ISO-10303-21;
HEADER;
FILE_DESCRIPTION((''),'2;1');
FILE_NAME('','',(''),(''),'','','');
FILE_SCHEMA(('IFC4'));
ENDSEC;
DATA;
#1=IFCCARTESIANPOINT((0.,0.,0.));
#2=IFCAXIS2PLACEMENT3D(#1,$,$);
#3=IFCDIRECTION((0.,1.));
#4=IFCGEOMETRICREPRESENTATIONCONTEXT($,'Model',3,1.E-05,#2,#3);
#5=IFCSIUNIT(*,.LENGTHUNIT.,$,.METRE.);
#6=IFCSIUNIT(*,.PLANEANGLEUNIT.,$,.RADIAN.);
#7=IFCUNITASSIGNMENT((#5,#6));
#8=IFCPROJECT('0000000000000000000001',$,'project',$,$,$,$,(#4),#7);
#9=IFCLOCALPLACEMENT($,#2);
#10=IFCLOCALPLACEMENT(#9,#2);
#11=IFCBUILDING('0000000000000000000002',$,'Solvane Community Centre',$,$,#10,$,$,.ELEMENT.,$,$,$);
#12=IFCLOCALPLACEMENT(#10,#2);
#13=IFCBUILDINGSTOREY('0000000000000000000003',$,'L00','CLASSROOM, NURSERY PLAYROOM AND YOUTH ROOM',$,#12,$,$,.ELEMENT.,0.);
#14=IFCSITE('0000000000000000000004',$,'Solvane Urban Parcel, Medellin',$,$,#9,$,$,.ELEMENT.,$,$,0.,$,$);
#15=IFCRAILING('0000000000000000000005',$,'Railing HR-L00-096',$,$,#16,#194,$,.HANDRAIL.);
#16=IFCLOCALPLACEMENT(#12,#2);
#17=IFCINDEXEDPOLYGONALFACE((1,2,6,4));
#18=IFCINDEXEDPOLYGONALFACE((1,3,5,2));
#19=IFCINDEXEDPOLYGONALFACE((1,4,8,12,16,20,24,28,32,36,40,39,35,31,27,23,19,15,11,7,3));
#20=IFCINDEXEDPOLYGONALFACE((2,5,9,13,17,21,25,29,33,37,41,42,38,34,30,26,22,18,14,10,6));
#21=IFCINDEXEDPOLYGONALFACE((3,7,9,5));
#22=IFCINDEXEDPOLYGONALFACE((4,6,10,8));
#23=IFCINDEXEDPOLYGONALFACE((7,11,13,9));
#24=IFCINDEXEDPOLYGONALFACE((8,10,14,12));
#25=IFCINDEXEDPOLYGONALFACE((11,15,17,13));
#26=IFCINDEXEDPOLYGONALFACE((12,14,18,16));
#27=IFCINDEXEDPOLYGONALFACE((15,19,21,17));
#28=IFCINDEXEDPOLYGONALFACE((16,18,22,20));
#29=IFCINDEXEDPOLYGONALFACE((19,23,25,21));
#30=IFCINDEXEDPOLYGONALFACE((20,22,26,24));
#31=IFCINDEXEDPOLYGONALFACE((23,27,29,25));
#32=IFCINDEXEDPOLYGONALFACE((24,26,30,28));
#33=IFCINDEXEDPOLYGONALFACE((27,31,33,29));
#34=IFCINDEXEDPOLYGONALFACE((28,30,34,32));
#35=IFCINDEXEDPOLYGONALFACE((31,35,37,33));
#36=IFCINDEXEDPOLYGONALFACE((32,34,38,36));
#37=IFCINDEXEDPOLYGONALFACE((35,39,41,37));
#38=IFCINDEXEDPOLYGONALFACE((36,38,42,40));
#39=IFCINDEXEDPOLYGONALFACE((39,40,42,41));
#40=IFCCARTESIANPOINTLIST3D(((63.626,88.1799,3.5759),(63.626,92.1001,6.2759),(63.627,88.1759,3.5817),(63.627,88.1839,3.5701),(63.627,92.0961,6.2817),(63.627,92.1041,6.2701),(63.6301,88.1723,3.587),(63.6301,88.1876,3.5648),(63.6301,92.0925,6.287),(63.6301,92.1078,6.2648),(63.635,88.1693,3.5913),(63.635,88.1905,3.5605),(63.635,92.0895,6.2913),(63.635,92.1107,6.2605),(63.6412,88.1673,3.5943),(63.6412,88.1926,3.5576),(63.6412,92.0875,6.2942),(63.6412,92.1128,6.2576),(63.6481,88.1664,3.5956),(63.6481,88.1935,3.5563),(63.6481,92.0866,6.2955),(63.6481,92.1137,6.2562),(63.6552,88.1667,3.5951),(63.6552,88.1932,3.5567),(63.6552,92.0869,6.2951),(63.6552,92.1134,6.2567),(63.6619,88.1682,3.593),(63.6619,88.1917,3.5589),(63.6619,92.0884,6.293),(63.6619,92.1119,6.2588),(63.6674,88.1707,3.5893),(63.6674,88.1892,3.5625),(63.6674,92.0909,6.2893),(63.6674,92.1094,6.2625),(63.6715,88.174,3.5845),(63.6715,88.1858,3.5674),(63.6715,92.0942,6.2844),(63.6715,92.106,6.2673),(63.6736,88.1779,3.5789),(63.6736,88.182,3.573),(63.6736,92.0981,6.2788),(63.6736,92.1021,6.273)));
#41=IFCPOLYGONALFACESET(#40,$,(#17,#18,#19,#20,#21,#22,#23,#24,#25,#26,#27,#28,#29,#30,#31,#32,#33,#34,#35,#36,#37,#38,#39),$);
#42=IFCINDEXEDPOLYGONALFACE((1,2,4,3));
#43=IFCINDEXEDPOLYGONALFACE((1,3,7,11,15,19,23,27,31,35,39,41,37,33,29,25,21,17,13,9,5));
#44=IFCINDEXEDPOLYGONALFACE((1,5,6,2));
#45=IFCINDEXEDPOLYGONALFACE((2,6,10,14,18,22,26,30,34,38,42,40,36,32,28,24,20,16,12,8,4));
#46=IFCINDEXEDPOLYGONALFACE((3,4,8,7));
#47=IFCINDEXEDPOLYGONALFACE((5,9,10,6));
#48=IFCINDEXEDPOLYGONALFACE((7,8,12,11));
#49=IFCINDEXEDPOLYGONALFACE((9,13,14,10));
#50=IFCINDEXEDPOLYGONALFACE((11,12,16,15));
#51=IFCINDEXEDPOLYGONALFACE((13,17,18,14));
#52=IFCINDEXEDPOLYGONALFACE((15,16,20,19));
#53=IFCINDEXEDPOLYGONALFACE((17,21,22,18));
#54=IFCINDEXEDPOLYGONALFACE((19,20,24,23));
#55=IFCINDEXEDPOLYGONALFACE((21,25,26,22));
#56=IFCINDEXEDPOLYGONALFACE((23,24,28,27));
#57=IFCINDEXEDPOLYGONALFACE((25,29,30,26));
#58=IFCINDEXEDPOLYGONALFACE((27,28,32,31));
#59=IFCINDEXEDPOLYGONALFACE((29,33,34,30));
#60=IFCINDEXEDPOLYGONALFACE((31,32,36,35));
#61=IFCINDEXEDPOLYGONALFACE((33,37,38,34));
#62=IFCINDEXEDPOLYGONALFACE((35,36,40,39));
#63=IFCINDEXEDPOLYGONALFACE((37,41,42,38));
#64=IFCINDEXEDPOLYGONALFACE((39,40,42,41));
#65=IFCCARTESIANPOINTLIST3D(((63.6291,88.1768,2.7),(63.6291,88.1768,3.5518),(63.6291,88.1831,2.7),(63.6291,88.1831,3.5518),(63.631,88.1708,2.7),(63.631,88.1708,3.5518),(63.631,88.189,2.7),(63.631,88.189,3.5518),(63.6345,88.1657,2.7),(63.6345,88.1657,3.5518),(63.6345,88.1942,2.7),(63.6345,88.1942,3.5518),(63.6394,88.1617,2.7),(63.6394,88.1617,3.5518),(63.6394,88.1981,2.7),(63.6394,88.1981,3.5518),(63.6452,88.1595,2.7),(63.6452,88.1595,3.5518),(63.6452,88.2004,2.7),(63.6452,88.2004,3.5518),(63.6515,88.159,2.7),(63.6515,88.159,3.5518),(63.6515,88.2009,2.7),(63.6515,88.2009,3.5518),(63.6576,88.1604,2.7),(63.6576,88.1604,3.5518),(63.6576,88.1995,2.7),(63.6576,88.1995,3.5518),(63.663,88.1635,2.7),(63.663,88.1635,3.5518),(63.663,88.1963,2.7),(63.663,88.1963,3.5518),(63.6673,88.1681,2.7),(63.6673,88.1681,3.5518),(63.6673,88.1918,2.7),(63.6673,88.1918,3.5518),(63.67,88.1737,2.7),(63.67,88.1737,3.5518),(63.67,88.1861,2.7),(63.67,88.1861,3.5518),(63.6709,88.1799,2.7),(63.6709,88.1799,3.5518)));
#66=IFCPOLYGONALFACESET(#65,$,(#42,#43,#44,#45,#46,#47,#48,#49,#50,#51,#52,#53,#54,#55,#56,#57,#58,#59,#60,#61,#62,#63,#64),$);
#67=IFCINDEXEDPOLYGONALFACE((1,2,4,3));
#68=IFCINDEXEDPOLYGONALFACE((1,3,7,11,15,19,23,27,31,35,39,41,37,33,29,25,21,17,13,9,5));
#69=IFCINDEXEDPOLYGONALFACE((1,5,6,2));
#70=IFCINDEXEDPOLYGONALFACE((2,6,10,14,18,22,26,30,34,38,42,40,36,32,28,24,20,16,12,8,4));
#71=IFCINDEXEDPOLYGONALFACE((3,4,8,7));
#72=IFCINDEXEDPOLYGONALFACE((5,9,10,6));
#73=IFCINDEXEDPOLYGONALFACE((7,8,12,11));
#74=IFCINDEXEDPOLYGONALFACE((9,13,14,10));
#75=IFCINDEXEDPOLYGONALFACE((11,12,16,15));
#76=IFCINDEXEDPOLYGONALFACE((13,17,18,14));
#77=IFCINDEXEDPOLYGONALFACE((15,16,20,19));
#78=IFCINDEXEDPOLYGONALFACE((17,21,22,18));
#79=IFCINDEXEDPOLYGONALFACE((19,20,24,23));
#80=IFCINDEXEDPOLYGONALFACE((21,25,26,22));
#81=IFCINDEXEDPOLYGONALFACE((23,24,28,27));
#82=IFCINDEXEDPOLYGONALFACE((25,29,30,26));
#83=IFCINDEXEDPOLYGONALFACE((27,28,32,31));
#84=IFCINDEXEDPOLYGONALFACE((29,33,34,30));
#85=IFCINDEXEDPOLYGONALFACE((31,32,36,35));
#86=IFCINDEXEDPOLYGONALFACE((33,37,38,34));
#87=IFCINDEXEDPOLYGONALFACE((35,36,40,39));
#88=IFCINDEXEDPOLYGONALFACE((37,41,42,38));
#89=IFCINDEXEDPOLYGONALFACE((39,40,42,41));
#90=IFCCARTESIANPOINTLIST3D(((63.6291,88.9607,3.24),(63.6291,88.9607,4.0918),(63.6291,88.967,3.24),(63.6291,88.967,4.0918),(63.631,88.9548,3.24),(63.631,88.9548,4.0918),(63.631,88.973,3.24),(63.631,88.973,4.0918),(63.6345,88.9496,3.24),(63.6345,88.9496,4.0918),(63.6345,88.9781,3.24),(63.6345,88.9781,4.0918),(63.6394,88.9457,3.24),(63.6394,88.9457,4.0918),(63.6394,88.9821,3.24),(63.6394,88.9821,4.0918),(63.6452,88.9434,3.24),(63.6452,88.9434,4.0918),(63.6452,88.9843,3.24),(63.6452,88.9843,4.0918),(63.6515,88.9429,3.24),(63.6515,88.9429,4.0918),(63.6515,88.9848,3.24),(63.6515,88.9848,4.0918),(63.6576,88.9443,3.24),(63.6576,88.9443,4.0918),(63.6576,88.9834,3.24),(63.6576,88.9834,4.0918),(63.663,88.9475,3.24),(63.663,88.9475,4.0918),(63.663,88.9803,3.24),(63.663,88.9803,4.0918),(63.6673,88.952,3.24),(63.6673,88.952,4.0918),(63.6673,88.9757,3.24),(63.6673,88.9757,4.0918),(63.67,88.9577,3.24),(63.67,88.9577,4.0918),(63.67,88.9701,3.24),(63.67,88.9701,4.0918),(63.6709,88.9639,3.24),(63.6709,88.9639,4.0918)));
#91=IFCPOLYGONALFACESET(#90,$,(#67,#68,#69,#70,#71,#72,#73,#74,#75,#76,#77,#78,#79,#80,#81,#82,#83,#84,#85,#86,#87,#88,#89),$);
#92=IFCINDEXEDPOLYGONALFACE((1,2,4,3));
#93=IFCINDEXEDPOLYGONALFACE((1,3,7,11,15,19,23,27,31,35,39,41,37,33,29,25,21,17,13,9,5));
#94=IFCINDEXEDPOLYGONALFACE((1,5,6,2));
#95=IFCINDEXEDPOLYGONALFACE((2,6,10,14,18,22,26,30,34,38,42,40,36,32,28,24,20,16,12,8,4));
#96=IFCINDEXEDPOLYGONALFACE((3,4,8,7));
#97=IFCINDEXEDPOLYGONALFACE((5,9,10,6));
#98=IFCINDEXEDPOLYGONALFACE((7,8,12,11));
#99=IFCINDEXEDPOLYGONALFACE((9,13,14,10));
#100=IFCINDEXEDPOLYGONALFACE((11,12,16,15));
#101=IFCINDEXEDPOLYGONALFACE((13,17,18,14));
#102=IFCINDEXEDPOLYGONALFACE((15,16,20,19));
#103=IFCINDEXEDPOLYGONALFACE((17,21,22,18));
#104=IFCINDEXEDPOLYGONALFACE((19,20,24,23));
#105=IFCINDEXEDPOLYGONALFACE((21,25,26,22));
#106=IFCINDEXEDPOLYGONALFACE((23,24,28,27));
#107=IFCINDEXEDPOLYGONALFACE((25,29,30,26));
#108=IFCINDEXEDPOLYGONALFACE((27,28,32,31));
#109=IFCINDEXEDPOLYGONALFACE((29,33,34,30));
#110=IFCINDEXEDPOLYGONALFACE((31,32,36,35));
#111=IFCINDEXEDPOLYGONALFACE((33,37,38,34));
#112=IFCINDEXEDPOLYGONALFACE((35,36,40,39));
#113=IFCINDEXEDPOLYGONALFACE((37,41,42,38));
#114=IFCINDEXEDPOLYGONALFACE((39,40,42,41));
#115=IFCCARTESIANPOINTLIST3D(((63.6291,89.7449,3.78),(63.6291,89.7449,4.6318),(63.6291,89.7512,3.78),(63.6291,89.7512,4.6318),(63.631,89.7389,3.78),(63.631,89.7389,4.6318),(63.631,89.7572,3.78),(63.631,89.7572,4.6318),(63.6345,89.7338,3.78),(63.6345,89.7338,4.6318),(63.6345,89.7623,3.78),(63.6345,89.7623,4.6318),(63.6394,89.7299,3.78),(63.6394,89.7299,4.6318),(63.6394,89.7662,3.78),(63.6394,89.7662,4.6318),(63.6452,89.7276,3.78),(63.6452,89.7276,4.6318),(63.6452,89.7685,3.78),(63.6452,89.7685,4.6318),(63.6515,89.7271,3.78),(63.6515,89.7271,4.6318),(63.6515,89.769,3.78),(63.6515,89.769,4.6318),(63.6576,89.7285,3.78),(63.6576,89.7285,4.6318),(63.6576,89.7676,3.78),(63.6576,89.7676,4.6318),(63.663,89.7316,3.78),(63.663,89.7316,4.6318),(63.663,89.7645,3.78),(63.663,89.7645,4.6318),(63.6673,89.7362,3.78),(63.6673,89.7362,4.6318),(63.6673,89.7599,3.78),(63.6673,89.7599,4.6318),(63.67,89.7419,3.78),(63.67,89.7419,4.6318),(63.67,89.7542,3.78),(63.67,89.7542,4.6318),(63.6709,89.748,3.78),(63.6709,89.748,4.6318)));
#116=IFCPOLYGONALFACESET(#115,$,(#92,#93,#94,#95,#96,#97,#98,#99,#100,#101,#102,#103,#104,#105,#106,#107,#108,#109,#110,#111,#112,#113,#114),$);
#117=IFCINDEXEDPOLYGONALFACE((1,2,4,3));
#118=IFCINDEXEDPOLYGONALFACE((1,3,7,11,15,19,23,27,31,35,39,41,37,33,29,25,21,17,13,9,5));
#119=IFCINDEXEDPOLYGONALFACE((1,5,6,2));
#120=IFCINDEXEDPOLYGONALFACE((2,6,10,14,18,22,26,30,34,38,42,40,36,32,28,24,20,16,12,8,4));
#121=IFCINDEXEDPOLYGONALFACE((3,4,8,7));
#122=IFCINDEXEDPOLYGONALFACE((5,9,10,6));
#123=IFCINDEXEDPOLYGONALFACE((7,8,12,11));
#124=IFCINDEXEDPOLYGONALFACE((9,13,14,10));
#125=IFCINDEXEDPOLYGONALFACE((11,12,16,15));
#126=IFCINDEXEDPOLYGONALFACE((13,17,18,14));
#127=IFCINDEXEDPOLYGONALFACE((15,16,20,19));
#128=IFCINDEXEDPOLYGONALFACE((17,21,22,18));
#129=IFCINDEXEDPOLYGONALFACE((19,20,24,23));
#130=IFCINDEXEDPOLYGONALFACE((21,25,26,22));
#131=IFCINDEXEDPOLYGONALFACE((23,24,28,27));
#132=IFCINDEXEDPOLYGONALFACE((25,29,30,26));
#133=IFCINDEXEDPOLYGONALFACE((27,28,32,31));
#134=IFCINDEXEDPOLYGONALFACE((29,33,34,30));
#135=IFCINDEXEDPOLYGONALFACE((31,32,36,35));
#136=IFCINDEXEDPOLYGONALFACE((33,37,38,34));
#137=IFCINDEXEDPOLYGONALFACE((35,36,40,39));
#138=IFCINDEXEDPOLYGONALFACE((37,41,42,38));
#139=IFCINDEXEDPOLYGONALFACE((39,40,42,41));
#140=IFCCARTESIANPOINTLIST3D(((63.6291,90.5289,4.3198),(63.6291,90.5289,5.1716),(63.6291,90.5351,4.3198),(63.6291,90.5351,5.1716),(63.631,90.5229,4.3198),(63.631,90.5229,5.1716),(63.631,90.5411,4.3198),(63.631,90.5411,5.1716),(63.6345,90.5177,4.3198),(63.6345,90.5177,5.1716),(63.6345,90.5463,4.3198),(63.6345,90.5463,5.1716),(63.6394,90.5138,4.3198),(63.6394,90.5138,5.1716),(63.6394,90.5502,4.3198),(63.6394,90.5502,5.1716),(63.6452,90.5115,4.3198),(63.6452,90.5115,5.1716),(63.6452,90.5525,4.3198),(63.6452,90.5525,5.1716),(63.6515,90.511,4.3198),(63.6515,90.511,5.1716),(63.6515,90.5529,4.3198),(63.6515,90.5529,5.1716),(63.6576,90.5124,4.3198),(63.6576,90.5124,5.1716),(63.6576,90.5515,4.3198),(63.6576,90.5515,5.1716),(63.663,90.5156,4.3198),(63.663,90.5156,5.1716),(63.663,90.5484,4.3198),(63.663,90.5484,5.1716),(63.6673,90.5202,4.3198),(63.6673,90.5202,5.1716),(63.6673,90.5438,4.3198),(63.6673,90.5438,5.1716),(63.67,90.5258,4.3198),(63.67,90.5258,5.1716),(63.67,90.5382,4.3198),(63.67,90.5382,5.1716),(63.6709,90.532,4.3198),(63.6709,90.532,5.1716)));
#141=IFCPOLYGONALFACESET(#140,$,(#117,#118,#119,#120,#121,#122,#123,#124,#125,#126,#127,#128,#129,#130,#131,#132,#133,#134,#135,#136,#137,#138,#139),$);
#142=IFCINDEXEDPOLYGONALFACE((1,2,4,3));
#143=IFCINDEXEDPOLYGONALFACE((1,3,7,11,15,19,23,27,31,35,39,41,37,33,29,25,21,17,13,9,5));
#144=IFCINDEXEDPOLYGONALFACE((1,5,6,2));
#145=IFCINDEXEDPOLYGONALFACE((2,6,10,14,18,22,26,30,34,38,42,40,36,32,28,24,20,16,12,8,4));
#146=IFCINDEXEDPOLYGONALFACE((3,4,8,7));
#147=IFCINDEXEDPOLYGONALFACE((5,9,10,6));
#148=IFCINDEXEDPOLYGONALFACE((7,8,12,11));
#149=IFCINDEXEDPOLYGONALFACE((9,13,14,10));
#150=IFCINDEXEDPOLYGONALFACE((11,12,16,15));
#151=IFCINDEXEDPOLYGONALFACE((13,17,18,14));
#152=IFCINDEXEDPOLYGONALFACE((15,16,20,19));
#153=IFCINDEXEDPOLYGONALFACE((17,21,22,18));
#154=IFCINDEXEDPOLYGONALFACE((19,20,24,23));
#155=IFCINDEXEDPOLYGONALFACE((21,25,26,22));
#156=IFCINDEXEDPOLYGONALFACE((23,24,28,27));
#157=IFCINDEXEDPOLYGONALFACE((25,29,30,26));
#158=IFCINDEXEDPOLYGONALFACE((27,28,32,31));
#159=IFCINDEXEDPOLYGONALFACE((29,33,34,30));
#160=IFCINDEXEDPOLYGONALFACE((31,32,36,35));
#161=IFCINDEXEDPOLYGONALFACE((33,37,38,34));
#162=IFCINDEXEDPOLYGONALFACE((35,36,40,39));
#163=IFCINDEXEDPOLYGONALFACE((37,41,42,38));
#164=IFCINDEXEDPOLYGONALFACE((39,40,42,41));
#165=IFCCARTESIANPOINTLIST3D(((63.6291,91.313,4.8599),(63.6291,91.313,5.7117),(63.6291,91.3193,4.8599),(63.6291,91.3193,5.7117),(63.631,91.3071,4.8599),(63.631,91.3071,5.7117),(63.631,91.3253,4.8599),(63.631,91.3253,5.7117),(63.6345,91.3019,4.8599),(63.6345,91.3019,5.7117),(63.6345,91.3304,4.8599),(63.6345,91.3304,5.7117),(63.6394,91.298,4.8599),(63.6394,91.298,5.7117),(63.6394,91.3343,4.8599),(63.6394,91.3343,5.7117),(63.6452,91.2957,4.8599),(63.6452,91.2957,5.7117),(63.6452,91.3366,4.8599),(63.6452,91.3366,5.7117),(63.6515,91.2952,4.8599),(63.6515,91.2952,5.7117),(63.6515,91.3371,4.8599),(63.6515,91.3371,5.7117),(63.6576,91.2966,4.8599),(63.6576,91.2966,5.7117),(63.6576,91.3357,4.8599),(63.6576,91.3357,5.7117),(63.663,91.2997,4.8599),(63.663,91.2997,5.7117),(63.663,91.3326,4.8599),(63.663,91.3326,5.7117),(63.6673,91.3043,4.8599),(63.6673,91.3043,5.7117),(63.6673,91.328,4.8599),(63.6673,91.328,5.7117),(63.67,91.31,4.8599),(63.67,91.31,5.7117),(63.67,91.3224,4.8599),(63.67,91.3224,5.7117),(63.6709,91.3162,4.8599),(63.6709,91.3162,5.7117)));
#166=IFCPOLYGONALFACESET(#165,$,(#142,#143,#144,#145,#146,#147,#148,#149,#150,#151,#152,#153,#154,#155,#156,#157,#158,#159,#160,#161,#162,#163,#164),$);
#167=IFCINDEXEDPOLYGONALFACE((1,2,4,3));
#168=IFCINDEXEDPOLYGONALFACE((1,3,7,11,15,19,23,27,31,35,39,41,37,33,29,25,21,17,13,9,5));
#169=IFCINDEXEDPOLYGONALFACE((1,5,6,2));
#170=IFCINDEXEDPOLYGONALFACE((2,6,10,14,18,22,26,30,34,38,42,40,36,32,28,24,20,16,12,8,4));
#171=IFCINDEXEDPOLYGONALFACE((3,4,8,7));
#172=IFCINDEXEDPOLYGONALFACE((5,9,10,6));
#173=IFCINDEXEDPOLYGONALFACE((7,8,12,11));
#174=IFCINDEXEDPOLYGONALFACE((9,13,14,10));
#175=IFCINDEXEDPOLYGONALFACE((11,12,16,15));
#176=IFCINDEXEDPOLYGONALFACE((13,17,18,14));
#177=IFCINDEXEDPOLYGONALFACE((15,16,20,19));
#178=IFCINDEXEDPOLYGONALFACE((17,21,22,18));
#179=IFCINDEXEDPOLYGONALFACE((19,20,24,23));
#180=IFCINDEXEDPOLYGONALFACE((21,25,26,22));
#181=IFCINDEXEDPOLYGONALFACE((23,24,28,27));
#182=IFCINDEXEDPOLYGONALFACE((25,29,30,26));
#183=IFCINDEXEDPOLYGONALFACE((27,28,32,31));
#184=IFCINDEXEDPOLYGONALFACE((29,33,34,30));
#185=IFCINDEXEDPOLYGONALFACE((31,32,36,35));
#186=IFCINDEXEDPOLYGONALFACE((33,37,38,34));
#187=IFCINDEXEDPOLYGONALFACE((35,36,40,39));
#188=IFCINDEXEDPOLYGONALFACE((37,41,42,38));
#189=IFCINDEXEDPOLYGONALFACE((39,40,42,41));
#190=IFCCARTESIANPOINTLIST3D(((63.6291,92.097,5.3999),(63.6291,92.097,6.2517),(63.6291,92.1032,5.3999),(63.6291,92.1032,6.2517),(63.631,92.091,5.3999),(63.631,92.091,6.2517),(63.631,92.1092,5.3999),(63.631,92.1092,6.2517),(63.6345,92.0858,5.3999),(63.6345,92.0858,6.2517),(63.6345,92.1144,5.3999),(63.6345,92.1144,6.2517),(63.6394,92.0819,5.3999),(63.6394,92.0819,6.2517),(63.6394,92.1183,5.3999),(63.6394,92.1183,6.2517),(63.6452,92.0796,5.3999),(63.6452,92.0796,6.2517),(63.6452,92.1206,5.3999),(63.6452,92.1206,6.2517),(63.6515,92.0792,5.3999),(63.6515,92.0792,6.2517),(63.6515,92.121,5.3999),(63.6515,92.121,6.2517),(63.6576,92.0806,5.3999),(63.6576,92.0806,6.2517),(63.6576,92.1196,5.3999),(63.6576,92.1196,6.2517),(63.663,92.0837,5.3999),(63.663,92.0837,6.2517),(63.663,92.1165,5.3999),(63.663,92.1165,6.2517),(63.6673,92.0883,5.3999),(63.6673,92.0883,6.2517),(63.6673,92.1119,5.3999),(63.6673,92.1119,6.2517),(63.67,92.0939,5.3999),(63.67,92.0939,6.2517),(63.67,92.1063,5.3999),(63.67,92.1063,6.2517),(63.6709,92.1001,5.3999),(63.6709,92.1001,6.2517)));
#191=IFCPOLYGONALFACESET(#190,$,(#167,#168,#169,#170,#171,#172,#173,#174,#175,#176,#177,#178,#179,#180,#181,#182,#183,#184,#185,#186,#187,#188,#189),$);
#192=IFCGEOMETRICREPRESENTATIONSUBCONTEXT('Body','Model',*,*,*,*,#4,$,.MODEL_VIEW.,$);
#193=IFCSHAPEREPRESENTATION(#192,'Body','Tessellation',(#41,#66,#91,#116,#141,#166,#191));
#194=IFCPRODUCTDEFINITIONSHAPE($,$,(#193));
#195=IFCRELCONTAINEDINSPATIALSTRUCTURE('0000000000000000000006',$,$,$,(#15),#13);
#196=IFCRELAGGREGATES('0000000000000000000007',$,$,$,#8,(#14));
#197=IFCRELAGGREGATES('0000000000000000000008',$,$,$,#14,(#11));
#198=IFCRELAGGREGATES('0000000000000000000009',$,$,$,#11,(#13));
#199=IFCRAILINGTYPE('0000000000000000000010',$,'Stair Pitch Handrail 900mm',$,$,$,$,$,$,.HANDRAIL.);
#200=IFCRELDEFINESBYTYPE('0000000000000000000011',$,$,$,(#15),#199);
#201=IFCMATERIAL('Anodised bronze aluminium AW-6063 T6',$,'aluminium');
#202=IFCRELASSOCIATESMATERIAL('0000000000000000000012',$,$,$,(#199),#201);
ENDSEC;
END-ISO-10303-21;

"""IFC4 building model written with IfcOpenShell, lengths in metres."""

from ifc_helpers import new_model, si_unit, direction, frame, origin, origin_2d, place, context, subcontext, project, spatial, circle, extrude, material, type_object, element, save


model = new_model("IFC4")

# Units and contexts
model_context = context("Model", 3, precision=1e-05, world=origin(), true_north=direction((0.0, 1.0)))
body_context = subcontext(model_context, "Body", "Model", "MODEL_VIEW")
ifc_project = project(units=[si_unit("LENGTHUNIT", "METRE"), si_unit("PLANEANGLEUNIT", "RADIAN")], contexts=[model_context])

# Site, building, storey
site_placement = place(None, origin())
site = spatial("IfcSite", under=ifc_project, at=site_placement, Name="Solvane Urban Parcel, Medellin", CompositionType="ELEMENT", RefElevation=0.0)
building_placement = place(site_placement, origin())
building = spatial("IfcBuilding", under=site, at=building_placement, Name="Solvane Community Centre", CompositionType="ELEMENT")
storey_placement = place(building_placement, origin())
storey = spatial("IfcBuildingStorey", under=building, at=storey_placement, Name="L00", Description="CLASSROOM, NURSERY PLAYROOM AND YOUTH ROOM", CompositionType="ELEMENT", Elevation=0.0)

# Shared definitions
ifc_material_1 = material(Name="Anodised bronze aluminium AW-6063 T6", Category="aluminium")

# Railing
railing_type = type_object("IfcRailingType", Name="Stair Pitch Handrail 900mm", PredefinedType="HANDRAIL", material=ifc_material_1)
railing_1_placement = place(storey_placement, frame((63.6499, 88.1799, 2.7)))
element("IfcRailing", 1, at=railing_1_placement, inside=storey, type_object=railing_type, Name="Railing HR-L00-096", PredefinedType="HANDRAIL", context=body_context, shape_type="SweptSolid", body=[
    extrude(circle(Radius=0.0239, at=origin_2d()), frame((0.0, 0.0, 0.876), z_axis=(0.0, 0.823567, 0.567219), x_axis=(-1.0, 0.0, 0.0)), (0.0, 0.0, 1.0), 4.76),
    extrude(circle(Radius=0.021, at=origin_2d()), origin(), (0.0, 0.0, 1.0), 0.8518),
    extrude(circle(Radius=0.021, at=origin_2d()), frame((0.0, 0.7839, 0.54)), (0.0, 0.0, 1.0), 0.8518),
    extrude(circle(Radius=0.021, at=origin_2d()), frame((0.0, 1.5681, 1.0801)), (0.0, 0.0, 1.0), 0.8518),
    extrude(circle(Radius=0.021, at=origin_2d()), frame((0.0, 2.3521, 1.6199)), (0.0, 0.0, 1.0), 0.8518),
    extrude(circle(Radius=0.021, at=origin_2d()), frame((0.0, 3.1362, 2.1599)), (0.0, 0.0, 1.0), 0.8518),
    extrude(circle(Radius=0.021, at=origin_2d()), frame((0.0, 3.9202, 2.7)), (0.0, 0.0, 1.0), 0.8518),
])

save(model, "model.ifc")
